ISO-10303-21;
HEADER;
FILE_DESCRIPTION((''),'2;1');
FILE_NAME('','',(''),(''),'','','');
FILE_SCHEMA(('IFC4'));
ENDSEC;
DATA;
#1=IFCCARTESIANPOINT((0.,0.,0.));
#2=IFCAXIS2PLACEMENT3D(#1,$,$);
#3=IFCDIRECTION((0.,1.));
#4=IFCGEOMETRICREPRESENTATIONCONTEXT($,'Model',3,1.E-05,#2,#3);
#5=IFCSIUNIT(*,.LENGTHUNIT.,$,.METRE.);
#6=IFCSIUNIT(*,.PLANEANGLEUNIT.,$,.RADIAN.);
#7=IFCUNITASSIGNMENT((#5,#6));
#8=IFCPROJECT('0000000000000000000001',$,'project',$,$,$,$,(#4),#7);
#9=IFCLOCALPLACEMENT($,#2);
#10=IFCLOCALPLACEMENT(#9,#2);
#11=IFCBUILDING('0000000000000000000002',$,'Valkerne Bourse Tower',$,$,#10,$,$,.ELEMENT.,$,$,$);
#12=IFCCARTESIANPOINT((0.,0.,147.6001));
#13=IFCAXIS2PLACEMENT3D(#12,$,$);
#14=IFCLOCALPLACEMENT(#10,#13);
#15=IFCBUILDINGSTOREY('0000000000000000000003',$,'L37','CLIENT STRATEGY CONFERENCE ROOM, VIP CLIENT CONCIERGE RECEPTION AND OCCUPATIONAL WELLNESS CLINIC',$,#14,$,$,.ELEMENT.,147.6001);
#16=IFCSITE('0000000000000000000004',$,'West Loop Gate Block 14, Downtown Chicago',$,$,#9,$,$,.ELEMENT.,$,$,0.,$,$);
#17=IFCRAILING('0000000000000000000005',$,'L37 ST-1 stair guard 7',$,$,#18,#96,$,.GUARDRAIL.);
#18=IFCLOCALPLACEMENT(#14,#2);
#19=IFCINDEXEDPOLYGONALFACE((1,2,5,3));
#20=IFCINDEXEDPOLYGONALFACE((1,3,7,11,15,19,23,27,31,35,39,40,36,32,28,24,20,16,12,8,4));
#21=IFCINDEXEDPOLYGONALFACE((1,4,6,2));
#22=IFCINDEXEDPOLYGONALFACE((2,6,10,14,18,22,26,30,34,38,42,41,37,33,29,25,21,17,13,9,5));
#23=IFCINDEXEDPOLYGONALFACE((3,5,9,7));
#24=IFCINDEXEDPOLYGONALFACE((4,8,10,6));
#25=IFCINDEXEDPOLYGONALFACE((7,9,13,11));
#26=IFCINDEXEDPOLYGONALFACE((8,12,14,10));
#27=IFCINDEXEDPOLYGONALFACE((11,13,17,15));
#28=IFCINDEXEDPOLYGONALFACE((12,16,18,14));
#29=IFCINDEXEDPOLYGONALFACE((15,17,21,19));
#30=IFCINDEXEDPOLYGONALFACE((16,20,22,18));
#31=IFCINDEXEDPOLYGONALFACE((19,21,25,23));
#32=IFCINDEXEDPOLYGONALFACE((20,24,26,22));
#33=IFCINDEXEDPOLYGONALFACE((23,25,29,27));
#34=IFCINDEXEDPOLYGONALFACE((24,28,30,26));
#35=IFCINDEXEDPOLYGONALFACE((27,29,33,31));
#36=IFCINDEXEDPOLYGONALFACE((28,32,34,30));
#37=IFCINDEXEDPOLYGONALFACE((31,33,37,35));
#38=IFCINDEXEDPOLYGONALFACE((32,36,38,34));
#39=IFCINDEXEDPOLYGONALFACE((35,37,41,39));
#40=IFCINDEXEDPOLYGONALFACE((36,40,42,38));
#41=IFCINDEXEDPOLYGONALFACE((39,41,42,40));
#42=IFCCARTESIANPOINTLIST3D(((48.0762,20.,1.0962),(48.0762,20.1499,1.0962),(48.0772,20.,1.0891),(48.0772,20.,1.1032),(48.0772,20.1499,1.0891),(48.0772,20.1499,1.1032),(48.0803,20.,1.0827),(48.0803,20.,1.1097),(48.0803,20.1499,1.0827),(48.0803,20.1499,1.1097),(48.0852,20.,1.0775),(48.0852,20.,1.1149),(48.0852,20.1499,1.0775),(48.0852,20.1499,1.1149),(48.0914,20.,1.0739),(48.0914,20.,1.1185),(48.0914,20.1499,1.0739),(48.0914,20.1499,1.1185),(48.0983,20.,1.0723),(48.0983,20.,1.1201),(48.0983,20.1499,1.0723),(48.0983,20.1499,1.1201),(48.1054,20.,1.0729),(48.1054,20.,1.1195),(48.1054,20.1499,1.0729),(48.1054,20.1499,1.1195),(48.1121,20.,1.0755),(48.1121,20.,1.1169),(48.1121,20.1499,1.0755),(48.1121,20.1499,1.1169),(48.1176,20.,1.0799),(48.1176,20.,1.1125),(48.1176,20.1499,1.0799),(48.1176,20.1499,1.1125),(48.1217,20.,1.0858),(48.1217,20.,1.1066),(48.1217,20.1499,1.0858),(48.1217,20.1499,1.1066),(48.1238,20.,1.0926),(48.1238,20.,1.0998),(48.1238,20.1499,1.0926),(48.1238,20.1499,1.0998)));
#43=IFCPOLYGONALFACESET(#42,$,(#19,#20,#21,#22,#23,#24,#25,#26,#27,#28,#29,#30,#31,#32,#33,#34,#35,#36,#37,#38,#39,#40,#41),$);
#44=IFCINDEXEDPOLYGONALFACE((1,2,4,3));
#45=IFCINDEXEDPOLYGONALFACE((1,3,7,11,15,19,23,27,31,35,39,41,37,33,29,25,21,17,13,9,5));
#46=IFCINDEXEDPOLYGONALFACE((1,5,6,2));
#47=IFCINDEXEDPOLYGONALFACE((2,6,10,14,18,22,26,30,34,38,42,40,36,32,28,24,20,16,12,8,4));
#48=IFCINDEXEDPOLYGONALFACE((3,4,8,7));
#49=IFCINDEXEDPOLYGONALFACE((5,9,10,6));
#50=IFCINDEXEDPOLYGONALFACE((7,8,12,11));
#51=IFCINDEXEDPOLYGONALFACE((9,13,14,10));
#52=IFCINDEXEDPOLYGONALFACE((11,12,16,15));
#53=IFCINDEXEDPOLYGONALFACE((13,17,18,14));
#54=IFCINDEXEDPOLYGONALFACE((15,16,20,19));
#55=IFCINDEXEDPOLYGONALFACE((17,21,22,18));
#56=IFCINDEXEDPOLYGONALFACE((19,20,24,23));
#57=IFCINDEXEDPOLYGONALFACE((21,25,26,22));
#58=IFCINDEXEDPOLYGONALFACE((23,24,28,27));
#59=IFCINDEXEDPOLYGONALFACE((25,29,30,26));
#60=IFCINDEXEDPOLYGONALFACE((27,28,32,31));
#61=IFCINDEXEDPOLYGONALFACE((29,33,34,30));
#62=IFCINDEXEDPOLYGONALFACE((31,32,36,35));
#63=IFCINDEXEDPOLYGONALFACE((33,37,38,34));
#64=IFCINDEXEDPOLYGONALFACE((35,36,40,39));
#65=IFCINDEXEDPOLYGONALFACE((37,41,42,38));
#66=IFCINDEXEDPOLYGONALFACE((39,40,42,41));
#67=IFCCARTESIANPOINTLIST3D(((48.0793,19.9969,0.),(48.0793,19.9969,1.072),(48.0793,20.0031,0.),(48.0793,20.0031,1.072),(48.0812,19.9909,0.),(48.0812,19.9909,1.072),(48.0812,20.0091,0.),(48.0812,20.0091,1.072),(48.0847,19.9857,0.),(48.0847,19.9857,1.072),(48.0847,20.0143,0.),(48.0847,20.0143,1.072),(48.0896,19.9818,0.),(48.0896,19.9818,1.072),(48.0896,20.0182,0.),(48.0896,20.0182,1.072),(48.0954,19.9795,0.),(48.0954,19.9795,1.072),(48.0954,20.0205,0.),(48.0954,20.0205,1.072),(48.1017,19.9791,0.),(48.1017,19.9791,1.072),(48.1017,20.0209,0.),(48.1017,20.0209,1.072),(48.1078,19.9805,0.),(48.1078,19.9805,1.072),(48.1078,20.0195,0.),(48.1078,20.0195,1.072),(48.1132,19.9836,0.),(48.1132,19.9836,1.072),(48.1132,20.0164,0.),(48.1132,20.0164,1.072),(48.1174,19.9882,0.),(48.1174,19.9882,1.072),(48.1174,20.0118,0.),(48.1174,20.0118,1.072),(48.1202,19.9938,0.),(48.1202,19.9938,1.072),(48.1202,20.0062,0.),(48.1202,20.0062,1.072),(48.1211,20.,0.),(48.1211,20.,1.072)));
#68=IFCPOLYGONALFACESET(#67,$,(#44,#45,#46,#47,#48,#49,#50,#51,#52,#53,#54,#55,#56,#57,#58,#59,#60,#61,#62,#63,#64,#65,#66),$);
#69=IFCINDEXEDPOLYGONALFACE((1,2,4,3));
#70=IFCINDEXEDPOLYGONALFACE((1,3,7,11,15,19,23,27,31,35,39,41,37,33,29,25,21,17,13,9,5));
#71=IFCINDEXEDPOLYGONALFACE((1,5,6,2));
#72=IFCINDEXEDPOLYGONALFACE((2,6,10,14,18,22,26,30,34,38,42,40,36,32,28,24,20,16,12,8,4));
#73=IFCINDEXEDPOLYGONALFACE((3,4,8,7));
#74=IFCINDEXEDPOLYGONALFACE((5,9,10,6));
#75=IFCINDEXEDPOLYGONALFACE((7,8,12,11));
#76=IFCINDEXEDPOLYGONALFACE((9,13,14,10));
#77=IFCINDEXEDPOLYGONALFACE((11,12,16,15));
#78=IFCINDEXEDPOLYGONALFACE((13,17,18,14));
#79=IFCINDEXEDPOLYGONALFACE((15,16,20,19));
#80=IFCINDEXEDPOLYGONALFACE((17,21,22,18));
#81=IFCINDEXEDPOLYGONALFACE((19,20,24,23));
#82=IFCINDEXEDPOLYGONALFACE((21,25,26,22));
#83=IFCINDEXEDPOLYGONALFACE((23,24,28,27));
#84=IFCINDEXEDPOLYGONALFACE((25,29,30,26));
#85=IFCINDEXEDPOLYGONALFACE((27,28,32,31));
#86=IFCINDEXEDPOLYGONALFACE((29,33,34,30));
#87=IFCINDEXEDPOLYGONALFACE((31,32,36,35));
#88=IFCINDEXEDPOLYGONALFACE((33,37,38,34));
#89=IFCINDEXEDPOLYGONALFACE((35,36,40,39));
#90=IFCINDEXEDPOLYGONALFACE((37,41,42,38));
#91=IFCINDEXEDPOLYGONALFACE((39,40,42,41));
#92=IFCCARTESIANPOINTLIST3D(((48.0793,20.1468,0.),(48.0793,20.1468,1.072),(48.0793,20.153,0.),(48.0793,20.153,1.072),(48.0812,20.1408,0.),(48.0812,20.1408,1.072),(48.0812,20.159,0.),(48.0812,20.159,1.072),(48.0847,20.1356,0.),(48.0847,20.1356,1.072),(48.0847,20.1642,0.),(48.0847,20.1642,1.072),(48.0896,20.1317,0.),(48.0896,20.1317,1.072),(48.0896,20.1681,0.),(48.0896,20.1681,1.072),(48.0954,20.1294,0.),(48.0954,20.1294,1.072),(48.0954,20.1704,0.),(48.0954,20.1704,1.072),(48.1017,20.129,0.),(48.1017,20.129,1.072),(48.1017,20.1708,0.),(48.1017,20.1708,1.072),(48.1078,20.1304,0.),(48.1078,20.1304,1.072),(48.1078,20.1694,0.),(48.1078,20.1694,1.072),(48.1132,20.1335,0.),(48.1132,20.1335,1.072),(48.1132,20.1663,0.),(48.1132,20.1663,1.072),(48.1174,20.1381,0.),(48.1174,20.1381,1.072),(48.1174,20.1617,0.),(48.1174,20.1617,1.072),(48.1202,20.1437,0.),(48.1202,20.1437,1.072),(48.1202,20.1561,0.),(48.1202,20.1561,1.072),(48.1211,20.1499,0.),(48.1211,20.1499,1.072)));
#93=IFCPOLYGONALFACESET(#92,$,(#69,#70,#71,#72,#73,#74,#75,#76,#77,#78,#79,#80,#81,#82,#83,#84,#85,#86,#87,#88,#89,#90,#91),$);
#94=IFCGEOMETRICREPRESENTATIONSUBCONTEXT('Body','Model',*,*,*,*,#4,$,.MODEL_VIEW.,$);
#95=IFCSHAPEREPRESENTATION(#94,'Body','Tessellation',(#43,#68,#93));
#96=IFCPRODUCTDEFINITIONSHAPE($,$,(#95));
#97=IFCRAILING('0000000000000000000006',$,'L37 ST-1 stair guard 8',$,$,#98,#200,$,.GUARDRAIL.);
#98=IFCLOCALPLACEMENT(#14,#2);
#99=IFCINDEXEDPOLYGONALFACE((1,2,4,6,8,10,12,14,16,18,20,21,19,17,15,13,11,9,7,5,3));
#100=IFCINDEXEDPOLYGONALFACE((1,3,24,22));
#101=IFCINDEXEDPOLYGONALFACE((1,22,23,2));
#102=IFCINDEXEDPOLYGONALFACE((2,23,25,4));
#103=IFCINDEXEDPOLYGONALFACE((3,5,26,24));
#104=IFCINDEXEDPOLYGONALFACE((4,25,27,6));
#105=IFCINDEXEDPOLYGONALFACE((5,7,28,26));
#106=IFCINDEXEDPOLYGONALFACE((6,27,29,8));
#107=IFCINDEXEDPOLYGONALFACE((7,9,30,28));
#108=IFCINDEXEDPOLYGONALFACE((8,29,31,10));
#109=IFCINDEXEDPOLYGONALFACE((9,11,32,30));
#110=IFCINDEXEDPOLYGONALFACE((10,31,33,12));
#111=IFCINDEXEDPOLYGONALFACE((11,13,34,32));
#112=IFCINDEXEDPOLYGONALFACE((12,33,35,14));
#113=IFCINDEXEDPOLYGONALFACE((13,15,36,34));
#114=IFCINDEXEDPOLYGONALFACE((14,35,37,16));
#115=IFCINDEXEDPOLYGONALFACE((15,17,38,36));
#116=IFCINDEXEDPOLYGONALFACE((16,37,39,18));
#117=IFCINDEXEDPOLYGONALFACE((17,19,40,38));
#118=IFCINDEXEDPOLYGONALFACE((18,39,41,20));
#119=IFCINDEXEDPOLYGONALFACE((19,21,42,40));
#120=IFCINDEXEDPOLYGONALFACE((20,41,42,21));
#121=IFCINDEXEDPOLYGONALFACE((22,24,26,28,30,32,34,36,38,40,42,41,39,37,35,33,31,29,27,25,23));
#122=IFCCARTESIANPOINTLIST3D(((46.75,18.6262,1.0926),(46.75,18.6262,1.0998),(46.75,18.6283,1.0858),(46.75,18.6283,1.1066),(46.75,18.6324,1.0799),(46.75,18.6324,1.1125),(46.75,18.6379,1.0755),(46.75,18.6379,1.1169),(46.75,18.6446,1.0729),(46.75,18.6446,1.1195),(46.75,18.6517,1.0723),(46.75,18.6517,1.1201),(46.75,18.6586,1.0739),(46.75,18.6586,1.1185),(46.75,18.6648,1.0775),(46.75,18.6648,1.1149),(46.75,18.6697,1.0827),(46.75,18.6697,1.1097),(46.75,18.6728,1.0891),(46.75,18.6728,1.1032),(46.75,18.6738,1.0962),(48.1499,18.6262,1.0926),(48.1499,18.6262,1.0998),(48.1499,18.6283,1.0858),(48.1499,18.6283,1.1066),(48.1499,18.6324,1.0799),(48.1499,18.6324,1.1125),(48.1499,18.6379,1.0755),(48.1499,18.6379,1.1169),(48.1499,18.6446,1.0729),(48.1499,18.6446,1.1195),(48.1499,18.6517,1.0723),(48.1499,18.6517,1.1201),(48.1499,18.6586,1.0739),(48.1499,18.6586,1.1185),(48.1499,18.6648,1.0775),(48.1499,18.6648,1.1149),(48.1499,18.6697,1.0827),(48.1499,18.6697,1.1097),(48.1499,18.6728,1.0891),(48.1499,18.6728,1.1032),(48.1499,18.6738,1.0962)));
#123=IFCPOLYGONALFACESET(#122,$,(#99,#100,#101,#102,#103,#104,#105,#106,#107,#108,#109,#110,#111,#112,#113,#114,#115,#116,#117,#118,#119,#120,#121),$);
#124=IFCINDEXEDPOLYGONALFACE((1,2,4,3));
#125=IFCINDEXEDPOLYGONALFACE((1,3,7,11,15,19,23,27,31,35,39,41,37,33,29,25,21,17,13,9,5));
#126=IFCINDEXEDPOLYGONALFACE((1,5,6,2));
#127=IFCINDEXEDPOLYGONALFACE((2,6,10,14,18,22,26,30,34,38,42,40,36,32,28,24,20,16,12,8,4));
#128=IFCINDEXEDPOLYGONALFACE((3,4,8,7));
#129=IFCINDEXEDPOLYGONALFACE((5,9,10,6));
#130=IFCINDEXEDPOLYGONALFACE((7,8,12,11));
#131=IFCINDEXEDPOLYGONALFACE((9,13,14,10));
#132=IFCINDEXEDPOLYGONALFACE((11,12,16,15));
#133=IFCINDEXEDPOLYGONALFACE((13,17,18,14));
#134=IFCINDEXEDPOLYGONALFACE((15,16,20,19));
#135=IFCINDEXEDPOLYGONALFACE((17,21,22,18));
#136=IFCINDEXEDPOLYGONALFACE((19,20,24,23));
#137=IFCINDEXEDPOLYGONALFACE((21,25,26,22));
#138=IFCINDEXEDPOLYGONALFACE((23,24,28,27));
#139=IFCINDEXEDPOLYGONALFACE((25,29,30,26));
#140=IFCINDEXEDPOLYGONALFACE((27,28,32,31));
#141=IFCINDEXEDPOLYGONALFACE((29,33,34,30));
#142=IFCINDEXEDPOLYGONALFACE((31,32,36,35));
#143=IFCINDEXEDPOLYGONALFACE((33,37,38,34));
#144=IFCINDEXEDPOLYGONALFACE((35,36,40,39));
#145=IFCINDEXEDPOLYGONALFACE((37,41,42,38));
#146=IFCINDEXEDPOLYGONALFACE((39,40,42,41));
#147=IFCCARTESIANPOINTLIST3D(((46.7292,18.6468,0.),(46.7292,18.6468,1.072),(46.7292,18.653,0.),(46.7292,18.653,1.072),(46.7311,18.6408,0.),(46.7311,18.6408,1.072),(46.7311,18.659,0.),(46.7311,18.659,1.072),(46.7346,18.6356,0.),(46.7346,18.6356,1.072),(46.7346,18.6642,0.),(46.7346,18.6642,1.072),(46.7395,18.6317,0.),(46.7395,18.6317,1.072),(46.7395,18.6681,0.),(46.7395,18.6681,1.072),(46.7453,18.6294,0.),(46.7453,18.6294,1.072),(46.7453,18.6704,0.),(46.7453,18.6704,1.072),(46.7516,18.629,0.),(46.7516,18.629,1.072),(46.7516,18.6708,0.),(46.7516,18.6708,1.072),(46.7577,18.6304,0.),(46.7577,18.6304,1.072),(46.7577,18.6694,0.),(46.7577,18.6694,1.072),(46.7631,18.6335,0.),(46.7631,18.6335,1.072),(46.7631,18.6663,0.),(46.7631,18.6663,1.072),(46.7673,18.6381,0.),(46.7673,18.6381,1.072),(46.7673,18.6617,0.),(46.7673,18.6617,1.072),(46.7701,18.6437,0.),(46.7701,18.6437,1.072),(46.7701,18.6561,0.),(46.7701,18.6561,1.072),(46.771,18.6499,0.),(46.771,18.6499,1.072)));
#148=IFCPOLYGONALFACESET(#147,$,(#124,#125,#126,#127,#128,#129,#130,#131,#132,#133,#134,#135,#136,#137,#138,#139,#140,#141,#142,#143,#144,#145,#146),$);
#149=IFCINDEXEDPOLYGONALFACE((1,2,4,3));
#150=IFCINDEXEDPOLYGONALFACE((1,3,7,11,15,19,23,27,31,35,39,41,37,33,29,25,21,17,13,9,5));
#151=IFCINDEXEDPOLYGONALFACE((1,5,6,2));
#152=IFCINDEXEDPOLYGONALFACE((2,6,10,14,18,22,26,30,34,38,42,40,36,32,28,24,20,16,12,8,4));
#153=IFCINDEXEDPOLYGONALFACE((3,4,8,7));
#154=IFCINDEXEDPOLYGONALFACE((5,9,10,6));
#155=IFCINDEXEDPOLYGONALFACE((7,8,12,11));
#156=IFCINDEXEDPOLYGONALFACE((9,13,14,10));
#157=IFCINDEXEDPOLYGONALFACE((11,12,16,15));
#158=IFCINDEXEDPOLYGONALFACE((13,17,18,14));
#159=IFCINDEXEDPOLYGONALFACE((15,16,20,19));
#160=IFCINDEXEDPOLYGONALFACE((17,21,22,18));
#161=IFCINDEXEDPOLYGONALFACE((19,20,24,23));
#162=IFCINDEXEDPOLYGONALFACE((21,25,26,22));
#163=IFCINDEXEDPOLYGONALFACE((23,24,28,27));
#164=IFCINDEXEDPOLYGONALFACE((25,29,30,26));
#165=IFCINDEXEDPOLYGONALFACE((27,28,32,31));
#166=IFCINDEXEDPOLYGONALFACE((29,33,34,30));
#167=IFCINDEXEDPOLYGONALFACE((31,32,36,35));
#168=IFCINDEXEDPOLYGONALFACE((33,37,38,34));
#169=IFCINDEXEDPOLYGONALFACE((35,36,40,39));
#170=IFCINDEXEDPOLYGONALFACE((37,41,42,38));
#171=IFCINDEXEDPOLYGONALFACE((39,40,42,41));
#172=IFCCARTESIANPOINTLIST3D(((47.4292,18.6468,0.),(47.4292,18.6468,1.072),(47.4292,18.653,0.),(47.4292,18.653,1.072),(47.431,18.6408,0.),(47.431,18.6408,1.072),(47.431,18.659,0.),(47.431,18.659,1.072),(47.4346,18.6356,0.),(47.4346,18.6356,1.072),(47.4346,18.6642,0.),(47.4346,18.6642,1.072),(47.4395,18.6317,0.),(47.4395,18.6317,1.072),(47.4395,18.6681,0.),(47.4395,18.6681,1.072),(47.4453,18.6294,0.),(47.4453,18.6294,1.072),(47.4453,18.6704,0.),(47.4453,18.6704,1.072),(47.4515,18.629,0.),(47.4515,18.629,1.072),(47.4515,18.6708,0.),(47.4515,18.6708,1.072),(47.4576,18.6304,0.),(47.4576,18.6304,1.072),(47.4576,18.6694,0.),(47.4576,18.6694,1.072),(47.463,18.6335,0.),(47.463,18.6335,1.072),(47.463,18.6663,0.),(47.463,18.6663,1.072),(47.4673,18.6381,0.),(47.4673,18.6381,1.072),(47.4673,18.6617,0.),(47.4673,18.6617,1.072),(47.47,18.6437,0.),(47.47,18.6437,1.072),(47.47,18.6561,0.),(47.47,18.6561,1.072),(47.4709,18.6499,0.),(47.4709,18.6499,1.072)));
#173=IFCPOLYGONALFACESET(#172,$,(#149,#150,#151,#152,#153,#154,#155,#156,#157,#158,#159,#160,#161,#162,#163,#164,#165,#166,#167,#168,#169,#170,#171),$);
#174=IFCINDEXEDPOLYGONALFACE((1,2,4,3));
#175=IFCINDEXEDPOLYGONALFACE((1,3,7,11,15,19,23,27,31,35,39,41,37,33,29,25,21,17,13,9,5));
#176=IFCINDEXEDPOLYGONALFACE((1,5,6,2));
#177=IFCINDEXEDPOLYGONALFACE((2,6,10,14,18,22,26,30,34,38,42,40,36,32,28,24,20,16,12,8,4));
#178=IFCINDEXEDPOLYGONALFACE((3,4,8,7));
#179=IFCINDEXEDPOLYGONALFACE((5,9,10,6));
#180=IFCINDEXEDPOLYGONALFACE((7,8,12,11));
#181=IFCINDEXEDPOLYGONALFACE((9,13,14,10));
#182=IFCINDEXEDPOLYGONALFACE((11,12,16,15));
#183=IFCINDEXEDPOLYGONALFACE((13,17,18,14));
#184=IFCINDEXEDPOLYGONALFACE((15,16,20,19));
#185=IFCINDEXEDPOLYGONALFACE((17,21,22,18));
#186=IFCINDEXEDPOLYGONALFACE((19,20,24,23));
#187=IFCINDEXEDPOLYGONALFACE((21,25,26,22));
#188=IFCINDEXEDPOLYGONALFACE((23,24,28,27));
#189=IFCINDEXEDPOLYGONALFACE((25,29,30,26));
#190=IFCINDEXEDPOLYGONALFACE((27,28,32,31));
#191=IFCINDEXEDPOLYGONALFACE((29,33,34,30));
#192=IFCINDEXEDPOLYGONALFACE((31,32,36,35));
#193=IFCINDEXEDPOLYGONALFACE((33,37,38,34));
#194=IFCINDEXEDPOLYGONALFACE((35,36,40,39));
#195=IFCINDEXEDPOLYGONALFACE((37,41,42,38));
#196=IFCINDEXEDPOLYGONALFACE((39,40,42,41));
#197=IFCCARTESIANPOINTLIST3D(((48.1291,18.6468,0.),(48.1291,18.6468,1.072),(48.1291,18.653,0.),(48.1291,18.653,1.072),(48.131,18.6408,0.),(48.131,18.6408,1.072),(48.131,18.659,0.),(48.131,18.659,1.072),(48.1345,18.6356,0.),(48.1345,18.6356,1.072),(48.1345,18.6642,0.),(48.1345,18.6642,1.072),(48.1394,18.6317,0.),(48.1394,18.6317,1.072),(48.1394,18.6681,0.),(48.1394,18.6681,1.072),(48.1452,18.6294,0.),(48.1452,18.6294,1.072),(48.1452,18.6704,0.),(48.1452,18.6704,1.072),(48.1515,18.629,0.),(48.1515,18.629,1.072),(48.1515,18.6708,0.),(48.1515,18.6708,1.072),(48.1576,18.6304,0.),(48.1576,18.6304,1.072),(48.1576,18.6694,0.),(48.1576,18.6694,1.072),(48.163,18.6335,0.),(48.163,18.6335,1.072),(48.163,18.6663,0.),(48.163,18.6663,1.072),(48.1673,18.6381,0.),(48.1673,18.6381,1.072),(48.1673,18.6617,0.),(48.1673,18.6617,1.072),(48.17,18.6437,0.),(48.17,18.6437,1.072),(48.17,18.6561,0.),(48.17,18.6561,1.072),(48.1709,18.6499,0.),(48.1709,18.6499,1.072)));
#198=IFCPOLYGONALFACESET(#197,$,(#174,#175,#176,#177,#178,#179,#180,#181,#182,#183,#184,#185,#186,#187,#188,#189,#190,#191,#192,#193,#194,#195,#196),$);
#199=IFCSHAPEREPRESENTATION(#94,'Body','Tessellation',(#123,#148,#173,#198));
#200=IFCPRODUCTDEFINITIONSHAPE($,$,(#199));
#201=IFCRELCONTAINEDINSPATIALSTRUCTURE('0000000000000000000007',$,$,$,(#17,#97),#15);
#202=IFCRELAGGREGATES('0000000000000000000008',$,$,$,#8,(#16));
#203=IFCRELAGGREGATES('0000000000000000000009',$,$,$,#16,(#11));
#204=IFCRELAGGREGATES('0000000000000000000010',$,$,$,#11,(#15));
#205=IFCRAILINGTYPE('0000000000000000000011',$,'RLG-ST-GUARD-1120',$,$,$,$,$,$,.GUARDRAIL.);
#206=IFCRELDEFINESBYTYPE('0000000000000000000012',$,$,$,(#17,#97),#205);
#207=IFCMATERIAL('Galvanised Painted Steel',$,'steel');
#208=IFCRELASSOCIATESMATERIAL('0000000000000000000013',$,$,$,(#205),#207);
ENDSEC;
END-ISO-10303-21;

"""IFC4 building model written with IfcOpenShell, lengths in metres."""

from ifc_helpers import new_model, si_unit, direction, frame, origin, origin_2d, place, context, subcontext, project, spatial, circle, extrude, material, type_object, element, save


model = new_model("IFC4")

# Units and contexts
model_context = context("Model", 3, precision=1e-05, world=origin(), true_north=direction((0.0, 1.0)))
body_context = subcontext(model_context, "Body", "Model", "MODEL_VIEW")
ifc_project = project(units=[si_unit("LENGTHUNIT", "METRE"), si_unit("PLANEANGLEUNIT", "RADIAN")], contexts=[model_context])

# Site, building, storey
site_placement = place(None, origin())
site = spatial("IfcSite", under=ifc_project, at=site_placement, Name="West Loop Gate Block 14, Downtown Chicago", CompositionType="ELEMENT", RefElevation=0.0)
building_placement = place(site_placement, origin())
building = spatial("IfcBuilding", under=site, at=building_placement, Name="Valkerne Bourse Tower", CompositionType="ELEMENT")
storey_placement = place(building_placement, frame((0.0, 0.0, 147.6001)))
storey = spatial("IfcBuildingStorey", under=building, at=storey_placement, Name="L37", Description="CLIENT STRATEGY CONFERENCE ROOM, VIP CLIENT CONCIERGE RECEPTION AND OCCUPATIONAL WELLNESS CLINIC", CompositionType="ELEMENT", Elevation=147.6001)

# Shared definitions
ifc_material_1 = material(Name="Galvanised Painted Steel", Category="steel")

# Railings
railing_type_1 = type_object("IfcRailingType", Name="RLG-ST-GUARD-1120", PredefinedType="GUARDRAIL", material=ifc_material_1)
railing_1_placement = place(storey_placement, frame((48.1001, 20.0, 0.0)))
element("IfcRailing", 1, at=railing_1_placement, inside=storey, type_object=railing_type_1, Name="L37 ST-1 stair guard 7", PredefinedType="GUARDRAIL", context=body_context, shape_type="SweptSolid", body=[
    extrude(circle(Radius=0.0239, at=origin_2d()), frame((0.0, 0.0, 1.0962), z_axis=(0.0, 1.0, 0.0), x_axis=(-1.0, 0.0, 0.0)), (0.0, 0.0, 1.0), 0.1499),
    extrude(circle(Radius=0.021, at=origin_2d()), origin(), (0.0, 0.0, 1.0), 1.072),
    extrude(circle(Radius=0.021, at=origin_2d()), frame((0.0, 0.1499, 0.0)), (0.0, 0.0, 1.0), 1.072),
])
for number, where, name in (
    (2, (46.75, 18.6499, 0.0), "L37 ST-1 stair guard 8"),
):
    element("IfcRailing", number, at=place(storey_placement, frame(where)), inside=storey, type_object=railing_type_1, Name=name, PredefinedType="GUARDRAIL", context=body_context, shape_type="SweptSolid", body=[
        extrude(circle(Radius=0.0239, at=origin_2d()), frame((0.0, 0.0, 1.0962), z_axis=(1.0, 0.0, 0.0), x_axis=(0.0, 1.0, 0.0)), (0.0, 0.0, 1.0), 1.3999),
        extrude(circle(Radius=0.021, at=origin_2d()), origin(), (0.0, 0.0, 1.0), 1.072),
        extrude(circle(Radius=0.021, at=origin_2d()), frame((0.7, 0.0, 0.0)), (0.0, 0.0, 1.0), 1.072),
        extrude(circle(Radius=0.021, at=origin_2d()), frame((1.3999, 0.0, 0.0)), (0.0, 0.0, 1.0), 1.072),
    ])

save(model, "model.ifc")
